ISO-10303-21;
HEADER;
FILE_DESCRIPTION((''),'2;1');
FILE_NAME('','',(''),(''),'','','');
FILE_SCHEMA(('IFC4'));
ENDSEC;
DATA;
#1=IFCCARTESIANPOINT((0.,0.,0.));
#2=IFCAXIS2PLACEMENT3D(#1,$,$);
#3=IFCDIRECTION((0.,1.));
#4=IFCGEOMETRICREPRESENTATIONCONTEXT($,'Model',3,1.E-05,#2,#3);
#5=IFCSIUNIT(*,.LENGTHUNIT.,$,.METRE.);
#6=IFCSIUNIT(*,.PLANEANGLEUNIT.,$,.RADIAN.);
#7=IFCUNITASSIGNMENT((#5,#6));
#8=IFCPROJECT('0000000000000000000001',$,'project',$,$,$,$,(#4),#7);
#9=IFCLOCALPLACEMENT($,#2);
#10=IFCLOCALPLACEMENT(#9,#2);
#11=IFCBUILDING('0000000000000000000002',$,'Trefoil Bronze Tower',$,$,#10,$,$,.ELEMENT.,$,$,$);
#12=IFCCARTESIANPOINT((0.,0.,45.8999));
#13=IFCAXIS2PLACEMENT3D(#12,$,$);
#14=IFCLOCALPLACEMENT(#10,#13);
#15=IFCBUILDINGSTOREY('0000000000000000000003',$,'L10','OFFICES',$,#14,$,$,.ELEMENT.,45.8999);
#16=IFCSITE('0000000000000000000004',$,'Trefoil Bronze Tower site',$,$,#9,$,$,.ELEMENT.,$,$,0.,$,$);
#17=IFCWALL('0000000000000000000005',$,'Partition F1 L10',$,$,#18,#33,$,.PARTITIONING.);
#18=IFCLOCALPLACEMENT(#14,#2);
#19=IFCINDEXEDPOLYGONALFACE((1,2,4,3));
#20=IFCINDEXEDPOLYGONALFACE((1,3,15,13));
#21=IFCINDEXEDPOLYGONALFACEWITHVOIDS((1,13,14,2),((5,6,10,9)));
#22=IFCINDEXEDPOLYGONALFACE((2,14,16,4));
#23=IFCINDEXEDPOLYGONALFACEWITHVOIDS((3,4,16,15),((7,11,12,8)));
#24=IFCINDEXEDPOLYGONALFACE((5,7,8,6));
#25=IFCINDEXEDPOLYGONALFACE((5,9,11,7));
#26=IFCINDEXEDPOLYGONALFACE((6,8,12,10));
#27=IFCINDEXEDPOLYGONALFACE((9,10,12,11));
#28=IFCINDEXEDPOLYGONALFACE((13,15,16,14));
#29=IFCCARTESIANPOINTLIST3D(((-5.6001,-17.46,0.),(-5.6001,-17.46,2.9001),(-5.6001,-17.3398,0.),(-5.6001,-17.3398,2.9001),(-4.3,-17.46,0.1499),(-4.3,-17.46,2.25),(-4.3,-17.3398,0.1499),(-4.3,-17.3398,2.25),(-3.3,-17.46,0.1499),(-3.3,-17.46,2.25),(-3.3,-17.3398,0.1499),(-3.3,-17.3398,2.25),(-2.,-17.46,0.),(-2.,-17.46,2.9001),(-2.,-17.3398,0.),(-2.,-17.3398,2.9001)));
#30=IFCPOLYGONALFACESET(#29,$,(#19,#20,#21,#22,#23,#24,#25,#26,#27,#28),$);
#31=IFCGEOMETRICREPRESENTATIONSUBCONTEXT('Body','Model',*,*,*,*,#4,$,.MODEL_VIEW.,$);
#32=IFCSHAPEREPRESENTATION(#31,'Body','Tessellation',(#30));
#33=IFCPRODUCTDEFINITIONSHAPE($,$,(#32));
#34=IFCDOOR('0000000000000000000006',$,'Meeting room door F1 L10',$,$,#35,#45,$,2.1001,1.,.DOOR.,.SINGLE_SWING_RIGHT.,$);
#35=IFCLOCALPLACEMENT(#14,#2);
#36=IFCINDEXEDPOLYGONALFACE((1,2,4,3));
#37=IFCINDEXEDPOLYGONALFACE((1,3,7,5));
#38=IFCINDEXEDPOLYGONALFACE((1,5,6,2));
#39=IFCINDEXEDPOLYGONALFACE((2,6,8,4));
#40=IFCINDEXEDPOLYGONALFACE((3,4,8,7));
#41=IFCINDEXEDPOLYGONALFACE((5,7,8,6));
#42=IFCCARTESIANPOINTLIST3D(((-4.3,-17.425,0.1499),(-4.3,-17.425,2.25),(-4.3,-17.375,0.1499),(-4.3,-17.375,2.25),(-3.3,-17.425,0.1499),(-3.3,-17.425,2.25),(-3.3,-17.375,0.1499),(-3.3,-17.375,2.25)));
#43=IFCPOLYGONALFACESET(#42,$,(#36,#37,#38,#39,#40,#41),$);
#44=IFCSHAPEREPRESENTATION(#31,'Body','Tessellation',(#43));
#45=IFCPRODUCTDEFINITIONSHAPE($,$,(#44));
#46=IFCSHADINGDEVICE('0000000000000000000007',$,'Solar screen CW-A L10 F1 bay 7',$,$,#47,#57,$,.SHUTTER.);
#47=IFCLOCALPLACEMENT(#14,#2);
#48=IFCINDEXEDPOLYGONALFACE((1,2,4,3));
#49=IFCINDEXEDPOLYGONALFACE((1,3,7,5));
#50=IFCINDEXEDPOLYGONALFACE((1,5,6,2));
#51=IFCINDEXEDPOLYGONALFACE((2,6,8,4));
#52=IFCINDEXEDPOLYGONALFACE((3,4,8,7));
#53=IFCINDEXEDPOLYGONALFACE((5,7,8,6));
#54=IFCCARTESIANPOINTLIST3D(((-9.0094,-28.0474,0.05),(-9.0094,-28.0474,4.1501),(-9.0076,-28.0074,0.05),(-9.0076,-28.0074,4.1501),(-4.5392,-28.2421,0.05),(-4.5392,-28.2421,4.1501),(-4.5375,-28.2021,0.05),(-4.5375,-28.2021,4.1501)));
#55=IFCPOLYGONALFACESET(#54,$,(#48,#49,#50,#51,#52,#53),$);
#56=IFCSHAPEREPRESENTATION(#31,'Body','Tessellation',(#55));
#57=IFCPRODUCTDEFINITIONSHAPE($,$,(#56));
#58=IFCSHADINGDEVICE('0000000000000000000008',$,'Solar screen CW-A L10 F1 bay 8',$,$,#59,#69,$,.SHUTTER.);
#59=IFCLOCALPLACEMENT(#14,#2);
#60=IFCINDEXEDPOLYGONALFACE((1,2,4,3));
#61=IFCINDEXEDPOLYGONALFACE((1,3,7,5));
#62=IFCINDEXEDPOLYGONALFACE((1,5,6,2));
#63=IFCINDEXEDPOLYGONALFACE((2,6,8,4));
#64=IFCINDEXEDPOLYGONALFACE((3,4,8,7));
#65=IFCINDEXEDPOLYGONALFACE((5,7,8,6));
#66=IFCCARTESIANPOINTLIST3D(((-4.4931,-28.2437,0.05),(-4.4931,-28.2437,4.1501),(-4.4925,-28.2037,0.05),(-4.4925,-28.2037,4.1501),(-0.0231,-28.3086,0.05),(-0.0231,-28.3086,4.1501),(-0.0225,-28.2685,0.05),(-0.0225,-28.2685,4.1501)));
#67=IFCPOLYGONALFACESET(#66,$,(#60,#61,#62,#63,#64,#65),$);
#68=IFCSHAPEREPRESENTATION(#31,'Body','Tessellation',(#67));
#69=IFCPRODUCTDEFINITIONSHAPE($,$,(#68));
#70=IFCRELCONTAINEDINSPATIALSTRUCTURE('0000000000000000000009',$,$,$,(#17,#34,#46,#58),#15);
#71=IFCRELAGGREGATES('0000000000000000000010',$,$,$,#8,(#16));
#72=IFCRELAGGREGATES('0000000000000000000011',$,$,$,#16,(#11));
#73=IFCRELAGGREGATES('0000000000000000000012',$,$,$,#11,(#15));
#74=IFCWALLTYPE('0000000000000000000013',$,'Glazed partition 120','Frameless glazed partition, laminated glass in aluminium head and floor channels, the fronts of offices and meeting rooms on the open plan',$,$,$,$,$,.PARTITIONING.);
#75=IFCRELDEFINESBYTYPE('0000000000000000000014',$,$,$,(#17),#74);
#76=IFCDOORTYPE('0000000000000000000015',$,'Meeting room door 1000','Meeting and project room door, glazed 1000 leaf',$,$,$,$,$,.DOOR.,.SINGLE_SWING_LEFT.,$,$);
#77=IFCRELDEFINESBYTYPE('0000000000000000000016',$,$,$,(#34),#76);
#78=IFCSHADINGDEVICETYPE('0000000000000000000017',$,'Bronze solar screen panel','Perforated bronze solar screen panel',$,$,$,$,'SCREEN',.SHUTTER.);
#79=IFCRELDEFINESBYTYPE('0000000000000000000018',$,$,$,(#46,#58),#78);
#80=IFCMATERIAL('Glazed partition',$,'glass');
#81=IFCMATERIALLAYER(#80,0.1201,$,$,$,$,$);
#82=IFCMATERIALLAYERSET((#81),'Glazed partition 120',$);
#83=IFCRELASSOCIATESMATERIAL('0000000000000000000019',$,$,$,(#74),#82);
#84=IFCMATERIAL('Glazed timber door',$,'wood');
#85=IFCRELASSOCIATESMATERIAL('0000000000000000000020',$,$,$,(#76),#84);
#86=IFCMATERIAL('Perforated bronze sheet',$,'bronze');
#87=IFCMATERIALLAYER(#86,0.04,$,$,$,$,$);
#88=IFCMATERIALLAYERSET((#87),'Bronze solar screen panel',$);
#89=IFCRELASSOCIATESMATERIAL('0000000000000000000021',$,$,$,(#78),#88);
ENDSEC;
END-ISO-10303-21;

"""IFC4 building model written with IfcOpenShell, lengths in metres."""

from ifc_helpers import new_model, si_unit, direction, frame, frame_2d, origin, origin_2d, place, context, subcontext, project, spatial, rectangle, extrude, material, layer, layer_set, type_object, element, fill, save


model = new_model("IFC4")

# Units and contexts
model_context = context("Model", 3, precision=1e-05, world=origin(), true_north=direction((0.0, 1.0)))
body_context = subcontext(model_context, "Body", "Model", "MODEL_VIEW")
ifc_project = project(units=[si_unit("LENGTHUNIT", "METRE"), si_unit("PLANEANGLEUNIT", "RADIAN")], contexts=[model_context])

# Site, building, storey
site_placement = place(None, origin())
site = spatial("IfcSite", under=ifc_project, at=site_placement, Name="Trefoil Bronze Tower site", CompositionType="ELEMENT", RefElevation=0.0)
building_placement = place(site_placement, origin())
building = spatial("IfcBuilding", under=site, at=building_placement, Name="Trefoil Bronze Tower", CompositionType="ELEMENT")
storey_placement = place(building_placement, frame((0.0, 0.0, 45.8999)))
storey = spatial("IfcBuildingStorey", under=building, at=storey_placement, Name="L10", Description="OFFICES", CompositionType="ELEMENT", Elevation=45.8999)

# Wall, opening, door
ifc_material_1 = material(Name="Glazed partition", Category="glass")
ifc_layer_1 = layer(ifc_material_1, 0.1201)
ifc_layer_set_1 = layer_set([ifc_layer_1], Name="Glazed partition 120")
wall_type = type_object("IfcWallType", Name="Glazed partition 120", Description="Frameless glazed partition, laminated glass in aluminium head and floor channels, the fronts of offices and meeting rooms on the open plan", PredefinedType="PARTITIONING", material=ifc_layer_set_1)
wall_placement = place(storey_placement, frame((-5.6001, -17.3999, 0.0), z_axis=(0.0, 0.0, 1.0), x_axis=(1.0, 0.0, 0.0)))
wall = element("IfcWall", 1, at=wall_placement, inside=storey, type_object=wall_type, Name="Partition F1 L10", PredefinedType="PARTITIONING", context=body_context, shape_type="SweptSolid", body=[
    extrude(rectangle(XDim=3.6001, YDim=0.1201, at=frame_2d((1.8, 0.0))), origin(), (0.0, 0.0, 1.0), 2.9001),
])
opening_placement = place(wall_placement, frame((1.3, 0.0, 0.1499)))
opening = element("IfcOpeningElement", 2, at=opening_placement, cuts=wall, PredefinedType="OPENING", context=body_context, shape_type="SweptSolid", body=[
    extrude(rectangle(XDim=1.0, YDim=2.1001, at=frame_2d((0.5, 1.05))), frame((0.0, 0.0701, 0.0), z_axis=(0.0, -1.0, 0.0), x_axis=(1.0, 0.0, 0.0)), (0.0, 0.0, 1.0), 0.1401),
])
ifc_material_2 = material(Name="Glazed timber door", Category="wood")
door_type = type_object("IfcDoorType", Name="Meeting room door 1000", Description="Meeting and project room door, glazed 1000 leaf", OperationType="SINGLE_SWING_LEFT", PredefinedType="DOOR", material=ifc_material_2)
door_placement = place(opening_placement, origin())
door = element("IfcDoor", 3, at=door_placement, inside=storey, type_object=door_type, Name="Meeting room door F1 L10", OperationType="SINGLE_SWING_RIGHT", OverallHeight=2.1001, OverallWidth=1.0, PredefinedType="DOOR", context=body_context, shape_type="SweptSolid", body=[
    extrude(rectangle(XDim=1.0, YDim=2.1001, at=frame_2d((0.5, 1.05))), frame((0.0, 0.0249, 0.0), z_axis=(0.0, -1.0, 0.0), x_axis=(1.0, 0.0, 0.0)), (0.0, 0.0, 1.0), 0.05),
])
fill(opening, door)

# Shading devices
ifc_material_3 = material(Name="Perforated bronze sheet", Category="bronze")
ifc_layer_2 = layer(ifc_material_3, 0.04)
ifc_layer_set_2 = layer_set([ifc_layer_2], Name="Bronze solar screen panel")
shading_device_type = type_object("IfcShadingDeviceType", Name="Bronze solar screen panel", Description="Perforated bronze solar screen panel", ElementType="SCREEN", PredefinedType="SHUTTER", material=ifc_layer_set_2)
shading_device_1_placement = place(storey_placement, frame((-6.7734, -28.1248, 0.05), z_axis=(0.0, 0.0, 1.0), x_axis=(0.999052, -0.043528, 0.0)))
element("IfcShadingDevice", 4, at=shading_device_1_placement, inside=storey, type_object=shading_device_type, Name="Solar screen CW-A L10 F1 bay 7", PredefinedType="SHUTTER", context=body_context, shape_type="SweptSolid", body=[
    extrude(rectangle(XDim=4.4744, YDim=0.04, at=origin_2d()), origin(), (0.0, 0.0, 1.0), 4.1001),
])
shading_device_2_placement = place(storey_placement, frame((-2.2578, -28.2561, 0.05), z_axis=(0.0, 0.0, 1.0), x_axis=(0.999895, -0.014509, 0.0)))
element("IfcShadingDevice", 5, at=shading_device_2_placement, inside=storey, type_object=shading_device_type, Name="Solar screen CW-A L10 F1 bay 8", PredefinedType="SHUTTER", context=body_context, shape_type="SweptSolid", body=[
    extrude(rectangle(XDim=4.4705, YDim=0.04, at=origin_2d()), origin(), (0.0, 0.0, 1.0), 4.1001),
])

save(model, "model.ifc")
